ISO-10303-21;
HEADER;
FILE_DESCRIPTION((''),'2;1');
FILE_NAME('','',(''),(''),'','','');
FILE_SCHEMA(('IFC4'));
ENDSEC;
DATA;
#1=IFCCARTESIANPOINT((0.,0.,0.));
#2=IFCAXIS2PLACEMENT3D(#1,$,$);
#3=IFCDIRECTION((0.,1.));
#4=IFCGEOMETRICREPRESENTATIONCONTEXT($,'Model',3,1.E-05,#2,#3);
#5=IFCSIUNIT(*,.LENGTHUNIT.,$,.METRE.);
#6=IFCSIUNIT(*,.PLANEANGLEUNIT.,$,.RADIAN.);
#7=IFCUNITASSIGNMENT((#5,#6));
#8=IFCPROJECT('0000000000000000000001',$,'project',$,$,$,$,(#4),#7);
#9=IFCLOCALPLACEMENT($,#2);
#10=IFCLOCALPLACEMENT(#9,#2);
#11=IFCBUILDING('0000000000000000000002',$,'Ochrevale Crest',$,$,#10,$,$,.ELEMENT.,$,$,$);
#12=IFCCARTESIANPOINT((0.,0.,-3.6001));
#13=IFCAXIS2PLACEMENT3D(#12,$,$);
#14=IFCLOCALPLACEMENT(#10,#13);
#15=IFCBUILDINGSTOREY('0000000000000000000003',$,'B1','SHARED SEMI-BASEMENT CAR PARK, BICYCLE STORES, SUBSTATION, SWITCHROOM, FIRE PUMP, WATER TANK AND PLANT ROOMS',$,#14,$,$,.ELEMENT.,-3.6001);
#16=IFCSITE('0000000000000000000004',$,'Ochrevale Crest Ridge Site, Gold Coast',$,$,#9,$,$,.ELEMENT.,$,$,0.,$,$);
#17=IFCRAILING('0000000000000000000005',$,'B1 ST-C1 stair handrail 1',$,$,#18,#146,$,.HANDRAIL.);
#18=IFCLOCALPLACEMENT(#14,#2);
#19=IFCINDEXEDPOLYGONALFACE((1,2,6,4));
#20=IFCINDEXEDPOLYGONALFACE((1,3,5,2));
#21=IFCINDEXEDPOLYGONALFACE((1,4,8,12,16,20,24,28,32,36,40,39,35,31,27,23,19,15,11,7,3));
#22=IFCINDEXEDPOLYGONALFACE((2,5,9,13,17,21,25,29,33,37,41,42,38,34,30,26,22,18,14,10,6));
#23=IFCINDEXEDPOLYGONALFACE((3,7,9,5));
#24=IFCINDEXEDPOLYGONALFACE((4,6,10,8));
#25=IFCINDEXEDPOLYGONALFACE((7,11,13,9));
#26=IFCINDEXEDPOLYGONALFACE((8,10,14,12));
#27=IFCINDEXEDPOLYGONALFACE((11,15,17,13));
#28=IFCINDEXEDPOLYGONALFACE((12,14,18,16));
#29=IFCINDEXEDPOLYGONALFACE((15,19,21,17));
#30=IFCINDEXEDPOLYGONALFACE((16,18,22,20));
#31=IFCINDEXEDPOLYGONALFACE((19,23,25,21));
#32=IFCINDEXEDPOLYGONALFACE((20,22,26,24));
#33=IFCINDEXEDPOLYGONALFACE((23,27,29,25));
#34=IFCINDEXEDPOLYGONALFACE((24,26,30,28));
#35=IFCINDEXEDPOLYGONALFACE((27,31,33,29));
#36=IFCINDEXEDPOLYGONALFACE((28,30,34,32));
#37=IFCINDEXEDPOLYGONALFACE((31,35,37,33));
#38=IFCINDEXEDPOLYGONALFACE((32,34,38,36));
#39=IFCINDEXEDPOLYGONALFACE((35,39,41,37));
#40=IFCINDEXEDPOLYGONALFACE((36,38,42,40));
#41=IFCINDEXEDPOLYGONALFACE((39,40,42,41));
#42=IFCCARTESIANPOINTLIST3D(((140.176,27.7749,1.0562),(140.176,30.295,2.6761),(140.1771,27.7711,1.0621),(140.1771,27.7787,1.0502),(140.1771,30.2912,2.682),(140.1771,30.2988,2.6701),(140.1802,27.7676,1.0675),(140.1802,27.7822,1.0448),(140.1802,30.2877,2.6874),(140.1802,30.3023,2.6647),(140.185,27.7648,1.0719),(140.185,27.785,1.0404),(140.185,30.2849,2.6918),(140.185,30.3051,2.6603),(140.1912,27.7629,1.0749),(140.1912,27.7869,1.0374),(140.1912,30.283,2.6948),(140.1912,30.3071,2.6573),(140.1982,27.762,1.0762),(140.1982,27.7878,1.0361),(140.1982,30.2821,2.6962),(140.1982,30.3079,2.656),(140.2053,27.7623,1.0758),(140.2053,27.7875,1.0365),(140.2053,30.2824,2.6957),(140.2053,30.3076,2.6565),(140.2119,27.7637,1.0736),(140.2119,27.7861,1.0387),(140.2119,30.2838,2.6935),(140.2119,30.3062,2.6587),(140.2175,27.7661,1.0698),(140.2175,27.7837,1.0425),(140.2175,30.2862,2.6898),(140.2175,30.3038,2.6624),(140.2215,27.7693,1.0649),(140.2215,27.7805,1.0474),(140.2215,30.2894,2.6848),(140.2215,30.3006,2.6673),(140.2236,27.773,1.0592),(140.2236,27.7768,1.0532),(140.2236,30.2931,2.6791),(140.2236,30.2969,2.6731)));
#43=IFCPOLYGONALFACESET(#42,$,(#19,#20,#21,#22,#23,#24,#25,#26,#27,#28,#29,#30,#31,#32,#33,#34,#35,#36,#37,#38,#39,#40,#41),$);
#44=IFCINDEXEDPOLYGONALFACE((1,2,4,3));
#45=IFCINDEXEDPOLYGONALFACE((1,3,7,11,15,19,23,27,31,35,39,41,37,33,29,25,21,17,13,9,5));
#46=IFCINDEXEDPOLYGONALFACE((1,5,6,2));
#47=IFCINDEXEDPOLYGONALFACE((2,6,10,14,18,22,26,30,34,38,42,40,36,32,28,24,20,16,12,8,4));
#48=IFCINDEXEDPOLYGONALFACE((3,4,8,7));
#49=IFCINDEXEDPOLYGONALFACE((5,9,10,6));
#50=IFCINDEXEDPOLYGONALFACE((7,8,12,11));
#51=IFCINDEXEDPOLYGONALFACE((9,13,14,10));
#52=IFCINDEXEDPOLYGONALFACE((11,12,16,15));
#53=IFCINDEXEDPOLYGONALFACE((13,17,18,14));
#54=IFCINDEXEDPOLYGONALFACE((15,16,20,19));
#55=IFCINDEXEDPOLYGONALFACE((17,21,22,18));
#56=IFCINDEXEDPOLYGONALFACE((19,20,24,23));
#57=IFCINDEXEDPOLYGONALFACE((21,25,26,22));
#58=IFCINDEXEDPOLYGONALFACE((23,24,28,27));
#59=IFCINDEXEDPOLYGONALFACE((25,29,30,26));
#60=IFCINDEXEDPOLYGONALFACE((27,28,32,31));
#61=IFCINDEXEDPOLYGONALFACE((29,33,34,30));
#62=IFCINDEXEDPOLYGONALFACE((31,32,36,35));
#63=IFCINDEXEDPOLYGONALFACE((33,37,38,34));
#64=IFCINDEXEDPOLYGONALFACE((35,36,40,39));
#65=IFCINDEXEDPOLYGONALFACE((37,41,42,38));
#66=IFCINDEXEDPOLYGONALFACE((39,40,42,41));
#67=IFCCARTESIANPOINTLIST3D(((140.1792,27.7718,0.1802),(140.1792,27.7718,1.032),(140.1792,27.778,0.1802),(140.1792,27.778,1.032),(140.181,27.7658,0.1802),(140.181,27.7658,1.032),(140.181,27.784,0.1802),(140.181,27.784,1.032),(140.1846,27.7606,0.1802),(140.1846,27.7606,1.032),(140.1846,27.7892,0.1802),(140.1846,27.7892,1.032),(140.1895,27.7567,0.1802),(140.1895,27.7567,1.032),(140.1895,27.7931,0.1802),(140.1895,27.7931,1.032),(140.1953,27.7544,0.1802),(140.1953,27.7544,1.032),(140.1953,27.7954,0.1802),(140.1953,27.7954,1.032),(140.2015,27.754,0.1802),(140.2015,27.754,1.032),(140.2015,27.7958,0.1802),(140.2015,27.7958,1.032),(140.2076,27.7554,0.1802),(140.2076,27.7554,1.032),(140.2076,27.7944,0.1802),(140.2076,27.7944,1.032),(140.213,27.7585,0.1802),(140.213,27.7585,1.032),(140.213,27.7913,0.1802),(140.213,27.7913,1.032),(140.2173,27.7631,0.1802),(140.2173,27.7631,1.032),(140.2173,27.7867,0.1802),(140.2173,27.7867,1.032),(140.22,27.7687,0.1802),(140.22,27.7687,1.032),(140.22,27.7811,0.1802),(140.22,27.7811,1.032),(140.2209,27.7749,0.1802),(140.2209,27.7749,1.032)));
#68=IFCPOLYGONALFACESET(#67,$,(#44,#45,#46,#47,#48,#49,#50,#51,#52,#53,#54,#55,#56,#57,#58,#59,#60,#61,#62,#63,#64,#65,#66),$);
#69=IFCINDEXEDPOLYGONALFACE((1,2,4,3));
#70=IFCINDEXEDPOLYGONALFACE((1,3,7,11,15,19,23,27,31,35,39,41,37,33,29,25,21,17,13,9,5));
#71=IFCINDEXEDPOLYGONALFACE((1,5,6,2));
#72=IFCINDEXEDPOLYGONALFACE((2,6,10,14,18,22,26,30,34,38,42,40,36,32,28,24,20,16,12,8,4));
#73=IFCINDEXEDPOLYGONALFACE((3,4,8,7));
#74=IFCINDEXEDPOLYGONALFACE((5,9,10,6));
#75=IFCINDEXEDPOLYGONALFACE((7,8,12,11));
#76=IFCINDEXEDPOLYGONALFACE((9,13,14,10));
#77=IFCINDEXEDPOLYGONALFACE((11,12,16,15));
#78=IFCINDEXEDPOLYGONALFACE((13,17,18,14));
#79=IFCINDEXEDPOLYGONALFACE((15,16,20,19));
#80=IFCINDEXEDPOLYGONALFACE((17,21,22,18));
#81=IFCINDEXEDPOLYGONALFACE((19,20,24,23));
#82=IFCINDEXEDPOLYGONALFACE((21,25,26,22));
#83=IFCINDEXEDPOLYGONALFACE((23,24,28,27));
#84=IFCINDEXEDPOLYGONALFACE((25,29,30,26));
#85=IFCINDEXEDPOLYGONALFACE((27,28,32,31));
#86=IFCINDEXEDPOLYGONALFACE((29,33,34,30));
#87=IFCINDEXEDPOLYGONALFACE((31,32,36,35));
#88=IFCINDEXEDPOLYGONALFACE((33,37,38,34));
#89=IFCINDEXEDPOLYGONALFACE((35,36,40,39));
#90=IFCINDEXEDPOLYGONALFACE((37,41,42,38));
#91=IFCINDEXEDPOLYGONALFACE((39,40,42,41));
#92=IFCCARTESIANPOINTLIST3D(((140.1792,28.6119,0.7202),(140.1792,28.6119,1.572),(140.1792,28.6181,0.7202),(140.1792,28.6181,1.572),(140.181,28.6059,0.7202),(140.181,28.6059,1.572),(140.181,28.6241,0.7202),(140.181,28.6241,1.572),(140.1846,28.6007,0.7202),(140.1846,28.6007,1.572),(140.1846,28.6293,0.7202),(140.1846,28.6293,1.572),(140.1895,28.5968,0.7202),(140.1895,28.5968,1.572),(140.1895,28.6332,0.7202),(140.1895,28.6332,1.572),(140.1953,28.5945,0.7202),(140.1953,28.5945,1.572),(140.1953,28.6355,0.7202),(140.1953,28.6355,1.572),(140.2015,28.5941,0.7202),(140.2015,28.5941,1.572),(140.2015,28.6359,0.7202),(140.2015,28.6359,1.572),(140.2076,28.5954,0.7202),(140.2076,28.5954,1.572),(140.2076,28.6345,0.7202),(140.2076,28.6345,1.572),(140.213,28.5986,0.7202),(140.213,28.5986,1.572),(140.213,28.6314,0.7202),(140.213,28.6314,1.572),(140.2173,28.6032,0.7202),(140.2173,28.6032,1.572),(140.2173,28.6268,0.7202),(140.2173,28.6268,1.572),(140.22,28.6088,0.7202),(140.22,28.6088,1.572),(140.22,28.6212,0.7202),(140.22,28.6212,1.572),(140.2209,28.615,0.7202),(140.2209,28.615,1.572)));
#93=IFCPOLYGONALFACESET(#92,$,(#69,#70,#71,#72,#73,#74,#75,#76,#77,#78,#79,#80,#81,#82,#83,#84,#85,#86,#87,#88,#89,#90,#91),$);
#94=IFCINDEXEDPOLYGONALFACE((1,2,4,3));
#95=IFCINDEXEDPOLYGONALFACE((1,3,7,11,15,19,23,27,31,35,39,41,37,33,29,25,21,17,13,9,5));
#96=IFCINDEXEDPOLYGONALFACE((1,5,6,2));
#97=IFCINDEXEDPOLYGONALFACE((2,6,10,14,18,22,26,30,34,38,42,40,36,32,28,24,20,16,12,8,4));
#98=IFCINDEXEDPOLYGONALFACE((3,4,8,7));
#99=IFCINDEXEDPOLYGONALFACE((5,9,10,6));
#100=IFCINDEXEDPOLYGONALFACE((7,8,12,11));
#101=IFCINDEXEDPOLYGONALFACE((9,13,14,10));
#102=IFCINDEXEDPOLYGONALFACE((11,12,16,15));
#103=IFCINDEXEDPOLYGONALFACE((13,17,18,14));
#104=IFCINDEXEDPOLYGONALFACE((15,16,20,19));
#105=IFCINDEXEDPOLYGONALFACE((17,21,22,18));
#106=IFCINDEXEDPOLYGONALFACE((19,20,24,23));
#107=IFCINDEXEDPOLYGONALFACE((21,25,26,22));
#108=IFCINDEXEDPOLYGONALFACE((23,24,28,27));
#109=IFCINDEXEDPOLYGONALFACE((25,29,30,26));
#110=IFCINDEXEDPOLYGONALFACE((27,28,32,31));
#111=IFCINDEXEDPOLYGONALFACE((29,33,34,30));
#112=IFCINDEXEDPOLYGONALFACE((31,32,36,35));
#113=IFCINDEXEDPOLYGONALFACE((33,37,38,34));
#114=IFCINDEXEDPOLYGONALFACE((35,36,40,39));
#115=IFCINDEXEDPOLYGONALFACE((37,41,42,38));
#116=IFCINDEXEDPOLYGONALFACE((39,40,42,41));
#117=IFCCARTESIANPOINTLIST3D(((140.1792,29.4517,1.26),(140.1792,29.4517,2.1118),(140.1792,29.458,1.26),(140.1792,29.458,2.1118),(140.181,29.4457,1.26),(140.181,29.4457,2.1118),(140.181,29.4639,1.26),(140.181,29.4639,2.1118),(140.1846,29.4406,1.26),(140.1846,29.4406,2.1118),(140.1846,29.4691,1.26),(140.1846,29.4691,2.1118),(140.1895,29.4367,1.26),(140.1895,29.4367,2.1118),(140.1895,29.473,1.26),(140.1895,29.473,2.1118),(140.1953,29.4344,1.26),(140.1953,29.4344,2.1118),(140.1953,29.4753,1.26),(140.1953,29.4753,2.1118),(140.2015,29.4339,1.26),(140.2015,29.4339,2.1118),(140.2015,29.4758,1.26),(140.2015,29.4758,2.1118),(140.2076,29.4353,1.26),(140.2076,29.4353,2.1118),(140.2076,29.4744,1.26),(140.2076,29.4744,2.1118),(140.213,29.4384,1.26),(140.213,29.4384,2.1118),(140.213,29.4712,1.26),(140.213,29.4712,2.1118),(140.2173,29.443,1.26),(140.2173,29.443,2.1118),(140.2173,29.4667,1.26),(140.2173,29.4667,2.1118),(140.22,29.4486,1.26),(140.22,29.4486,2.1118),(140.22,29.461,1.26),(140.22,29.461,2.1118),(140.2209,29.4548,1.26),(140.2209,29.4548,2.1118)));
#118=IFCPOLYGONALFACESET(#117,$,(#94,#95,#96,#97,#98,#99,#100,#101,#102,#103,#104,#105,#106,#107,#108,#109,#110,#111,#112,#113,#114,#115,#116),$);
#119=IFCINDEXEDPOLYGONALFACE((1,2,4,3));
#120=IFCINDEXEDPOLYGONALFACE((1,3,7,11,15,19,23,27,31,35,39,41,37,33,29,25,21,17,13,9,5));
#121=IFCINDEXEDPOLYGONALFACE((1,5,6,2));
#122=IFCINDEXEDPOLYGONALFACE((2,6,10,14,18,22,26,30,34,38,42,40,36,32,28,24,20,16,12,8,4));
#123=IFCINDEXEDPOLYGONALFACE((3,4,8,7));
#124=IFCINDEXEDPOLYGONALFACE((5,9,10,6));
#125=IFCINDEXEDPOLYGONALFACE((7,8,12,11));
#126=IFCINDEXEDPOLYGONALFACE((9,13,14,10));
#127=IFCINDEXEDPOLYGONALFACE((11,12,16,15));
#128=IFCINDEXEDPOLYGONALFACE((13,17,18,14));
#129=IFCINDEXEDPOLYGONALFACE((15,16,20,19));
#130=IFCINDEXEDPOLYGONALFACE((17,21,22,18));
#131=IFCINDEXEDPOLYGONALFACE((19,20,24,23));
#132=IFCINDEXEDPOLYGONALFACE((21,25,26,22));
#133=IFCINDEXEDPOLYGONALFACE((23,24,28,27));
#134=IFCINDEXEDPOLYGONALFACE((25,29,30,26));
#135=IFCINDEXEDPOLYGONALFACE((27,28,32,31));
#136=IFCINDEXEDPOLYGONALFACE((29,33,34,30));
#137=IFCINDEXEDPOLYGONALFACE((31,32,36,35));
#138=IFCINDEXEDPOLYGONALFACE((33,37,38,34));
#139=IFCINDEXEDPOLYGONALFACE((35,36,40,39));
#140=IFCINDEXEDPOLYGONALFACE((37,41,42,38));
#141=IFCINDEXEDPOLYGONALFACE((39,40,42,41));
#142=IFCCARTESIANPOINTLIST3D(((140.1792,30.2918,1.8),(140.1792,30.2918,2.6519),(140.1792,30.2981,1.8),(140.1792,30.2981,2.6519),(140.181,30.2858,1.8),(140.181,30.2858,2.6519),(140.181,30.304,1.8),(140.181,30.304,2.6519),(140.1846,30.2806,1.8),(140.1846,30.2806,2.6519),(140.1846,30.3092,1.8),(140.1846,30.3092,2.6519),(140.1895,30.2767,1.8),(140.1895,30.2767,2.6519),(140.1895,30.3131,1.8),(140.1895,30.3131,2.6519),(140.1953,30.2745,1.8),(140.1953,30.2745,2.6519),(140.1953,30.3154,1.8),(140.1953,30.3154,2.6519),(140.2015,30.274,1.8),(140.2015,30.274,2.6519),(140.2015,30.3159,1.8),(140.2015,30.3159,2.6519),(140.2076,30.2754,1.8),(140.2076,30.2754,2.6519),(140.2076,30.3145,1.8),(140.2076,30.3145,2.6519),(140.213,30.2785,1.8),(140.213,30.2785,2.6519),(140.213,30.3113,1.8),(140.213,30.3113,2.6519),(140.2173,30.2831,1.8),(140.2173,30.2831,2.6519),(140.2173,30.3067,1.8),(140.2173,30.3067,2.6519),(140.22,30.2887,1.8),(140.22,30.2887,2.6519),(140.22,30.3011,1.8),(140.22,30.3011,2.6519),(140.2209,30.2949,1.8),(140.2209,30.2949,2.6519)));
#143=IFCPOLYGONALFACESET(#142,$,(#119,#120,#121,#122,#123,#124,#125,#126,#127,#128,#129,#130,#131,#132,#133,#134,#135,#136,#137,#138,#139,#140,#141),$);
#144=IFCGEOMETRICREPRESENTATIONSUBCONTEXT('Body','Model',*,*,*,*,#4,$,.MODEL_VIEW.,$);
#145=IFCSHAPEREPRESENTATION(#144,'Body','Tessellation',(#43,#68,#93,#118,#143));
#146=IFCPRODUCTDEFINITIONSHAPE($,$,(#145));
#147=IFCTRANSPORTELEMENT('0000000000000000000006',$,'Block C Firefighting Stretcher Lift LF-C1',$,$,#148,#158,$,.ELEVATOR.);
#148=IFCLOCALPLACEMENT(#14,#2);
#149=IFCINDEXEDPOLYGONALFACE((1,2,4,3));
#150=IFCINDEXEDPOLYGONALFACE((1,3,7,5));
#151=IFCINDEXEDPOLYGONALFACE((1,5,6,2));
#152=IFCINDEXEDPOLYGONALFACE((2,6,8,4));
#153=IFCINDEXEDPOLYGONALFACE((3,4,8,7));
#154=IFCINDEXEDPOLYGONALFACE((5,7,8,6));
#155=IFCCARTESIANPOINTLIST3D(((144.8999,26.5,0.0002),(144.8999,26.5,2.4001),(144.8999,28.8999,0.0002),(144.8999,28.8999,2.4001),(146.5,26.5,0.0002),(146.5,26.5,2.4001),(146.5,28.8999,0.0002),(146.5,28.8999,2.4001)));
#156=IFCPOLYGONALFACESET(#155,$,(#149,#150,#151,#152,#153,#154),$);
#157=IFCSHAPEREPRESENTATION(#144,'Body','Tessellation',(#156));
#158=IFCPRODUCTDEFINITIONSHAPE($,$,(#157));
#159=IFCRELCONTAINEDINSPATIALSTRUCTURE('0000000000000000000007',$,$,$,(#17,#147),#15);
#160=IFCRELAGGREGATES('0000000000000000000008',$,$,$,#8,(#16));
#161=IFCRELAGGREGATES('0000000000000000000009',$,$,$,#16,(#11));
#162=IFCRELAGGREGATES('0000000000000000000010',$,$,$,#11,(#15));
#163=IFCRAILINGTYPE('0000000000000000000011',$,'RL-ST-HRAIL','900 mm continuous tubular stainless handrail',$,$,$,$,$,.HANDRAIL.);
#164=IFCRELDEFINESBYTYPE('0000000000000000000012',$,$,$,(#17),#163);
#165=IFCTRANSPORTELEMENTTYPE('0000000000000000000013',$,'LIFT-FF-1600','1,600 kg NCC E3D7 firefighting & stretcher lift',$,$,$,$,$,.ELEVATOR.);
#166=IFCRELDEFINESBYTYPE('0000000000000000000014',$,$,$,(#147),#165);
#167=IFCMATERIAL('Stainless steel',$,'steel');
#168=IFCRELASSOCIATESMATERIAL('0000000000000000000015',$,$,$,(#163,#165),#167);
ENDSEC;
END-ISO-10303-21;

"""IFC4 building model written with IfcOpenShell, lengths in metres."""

from ifc_helpers import new_model, si_unit, direction, frame, origin, origin_2d, place, context, subcontext, project, spatial, rectangle, circle, extrude, material, type_object, element, save


model = new_model("IFC4")

# Units and contexts
model_context = context("Model", 3, precision=1e-05, world=origin(), true_north=direction((0.0, 1.0)))
body_context = subcontext(model_context, "Body", "Model", "MODEL_VIEW")
ifc_project = project(units=[si_unit("LENGTHUNIT", "METRE"), si_unit("PLANEANGLEUNIT", "RADIAN")], contexts=[model_context])

# Site, building, storey
site_placement = place(None, origin())
site = spatial("IfcSite", under=ifc_project, at=site_placement, Name="Ochrevale Crest Ridge Site, Gold Coast", CompositionType="ELEMENT", RefElevation=0.0)
building_placement = place(site_placement, origin())
building = spatial("IfcBuilding", under=site, at=building_placement, Name="Ochrevale Crest", CompositionType="ELEMENT")
storey_placement = place(building_placement, frame((0.0, 0.0, -3.6001)))
storey = spatial("IfcBuildingStorey", under=building, at=storey_placement, Name="B1", Description="SHARED SEMI-BASEMENT CAR PARK, BICYCLE STORES, SUBSTATION, SWITCHROOM, FIRE PUMP, WATER TANK AND PLANT ROOMS", CompositionType="ELEMENT", Elevation=-3.6001)

# Railing
ifc_material_1 = material(Name="Stainless steel", Category="steel")
railing_type_1 = type_object("IfcRailingType", Name="RL-ST-HRAIL", Description="900 mm continuous tubular stainless handrail", PredefinedType="HANDRAIL", material=ifc_material_1)
railing_1_placement = place(storey_placement, frame((140.2, 27.7749, 0.1802)))
element("IfcRailing", 1, at=railing_1_placement, inside=storey, type_object=railing_type_1, Name="B1 ST-C1 stair handrail 1", PredefinedType="HANDRAIL", context=body_context, shape_type="SweptSolid", body=[
    extrude(circle(Radius=0.0239, at=origin_2d()), frame((0.0, 0.0, 0.876), z_axis=(0.0, 0.8412, 0.540725), x_axis=(-1.0, 0.0, 0.0)), (0.0, 0.0, 1.0), 2.9958),
    extrude(circle(Radius=0.021, at=origin_2d()), origin(), (0.0, 0.0, 1.0), 0.8518),
    extrude(circle(Radius=0.021, at=origin_2d()), frame((0.0, 0.8401, 0.54)), (0.0, 0.0, 1.0), 0.8518),
    extrude(circle(Radius=0.021, at=origin_2d()), frame((0.0, 1.6799, 1.0798)), (0.0, 0.0, 1.0), 0.8518),
    extrude(circle(Radius=0.021, at=origin_2d()), frame((0.0, 2.52, 1.6199)), (0.0, 0.0, 1.0), 0.8518),
])

# Transport element
transport_element_type = type_object("IfcTransportElementType", Name="LIFT-FF-1600", Description="1,600 kg NCC E3D7 firefighting & stretcher lift", PredefinedType="ELEVATOR", material=ifc_material_1)
transport_element_placement = place(storey_placement, frame((145.7, 27.7, 0.0002), z_axis=(0.0, 0.0, 1.0), x_axis=(1.0, 0.0, 0.0)))
element("IfcTransportElement", 2, at=transport_element_placement, inside=storey, type_object=transport_element_type, Name="Block C Firefighting Stretcher Lift LF-C1", PredefinedType="ELEVATOR", context=body_context, shape_type="SweptSolid", body=[
    extrude(rectangle(XDim=1.6001, YDim=2.3999, at=origin_2d()), origin(), (0.0, 0.0, 1.0), 2.3999),
])

save(model, "model.ifc")
